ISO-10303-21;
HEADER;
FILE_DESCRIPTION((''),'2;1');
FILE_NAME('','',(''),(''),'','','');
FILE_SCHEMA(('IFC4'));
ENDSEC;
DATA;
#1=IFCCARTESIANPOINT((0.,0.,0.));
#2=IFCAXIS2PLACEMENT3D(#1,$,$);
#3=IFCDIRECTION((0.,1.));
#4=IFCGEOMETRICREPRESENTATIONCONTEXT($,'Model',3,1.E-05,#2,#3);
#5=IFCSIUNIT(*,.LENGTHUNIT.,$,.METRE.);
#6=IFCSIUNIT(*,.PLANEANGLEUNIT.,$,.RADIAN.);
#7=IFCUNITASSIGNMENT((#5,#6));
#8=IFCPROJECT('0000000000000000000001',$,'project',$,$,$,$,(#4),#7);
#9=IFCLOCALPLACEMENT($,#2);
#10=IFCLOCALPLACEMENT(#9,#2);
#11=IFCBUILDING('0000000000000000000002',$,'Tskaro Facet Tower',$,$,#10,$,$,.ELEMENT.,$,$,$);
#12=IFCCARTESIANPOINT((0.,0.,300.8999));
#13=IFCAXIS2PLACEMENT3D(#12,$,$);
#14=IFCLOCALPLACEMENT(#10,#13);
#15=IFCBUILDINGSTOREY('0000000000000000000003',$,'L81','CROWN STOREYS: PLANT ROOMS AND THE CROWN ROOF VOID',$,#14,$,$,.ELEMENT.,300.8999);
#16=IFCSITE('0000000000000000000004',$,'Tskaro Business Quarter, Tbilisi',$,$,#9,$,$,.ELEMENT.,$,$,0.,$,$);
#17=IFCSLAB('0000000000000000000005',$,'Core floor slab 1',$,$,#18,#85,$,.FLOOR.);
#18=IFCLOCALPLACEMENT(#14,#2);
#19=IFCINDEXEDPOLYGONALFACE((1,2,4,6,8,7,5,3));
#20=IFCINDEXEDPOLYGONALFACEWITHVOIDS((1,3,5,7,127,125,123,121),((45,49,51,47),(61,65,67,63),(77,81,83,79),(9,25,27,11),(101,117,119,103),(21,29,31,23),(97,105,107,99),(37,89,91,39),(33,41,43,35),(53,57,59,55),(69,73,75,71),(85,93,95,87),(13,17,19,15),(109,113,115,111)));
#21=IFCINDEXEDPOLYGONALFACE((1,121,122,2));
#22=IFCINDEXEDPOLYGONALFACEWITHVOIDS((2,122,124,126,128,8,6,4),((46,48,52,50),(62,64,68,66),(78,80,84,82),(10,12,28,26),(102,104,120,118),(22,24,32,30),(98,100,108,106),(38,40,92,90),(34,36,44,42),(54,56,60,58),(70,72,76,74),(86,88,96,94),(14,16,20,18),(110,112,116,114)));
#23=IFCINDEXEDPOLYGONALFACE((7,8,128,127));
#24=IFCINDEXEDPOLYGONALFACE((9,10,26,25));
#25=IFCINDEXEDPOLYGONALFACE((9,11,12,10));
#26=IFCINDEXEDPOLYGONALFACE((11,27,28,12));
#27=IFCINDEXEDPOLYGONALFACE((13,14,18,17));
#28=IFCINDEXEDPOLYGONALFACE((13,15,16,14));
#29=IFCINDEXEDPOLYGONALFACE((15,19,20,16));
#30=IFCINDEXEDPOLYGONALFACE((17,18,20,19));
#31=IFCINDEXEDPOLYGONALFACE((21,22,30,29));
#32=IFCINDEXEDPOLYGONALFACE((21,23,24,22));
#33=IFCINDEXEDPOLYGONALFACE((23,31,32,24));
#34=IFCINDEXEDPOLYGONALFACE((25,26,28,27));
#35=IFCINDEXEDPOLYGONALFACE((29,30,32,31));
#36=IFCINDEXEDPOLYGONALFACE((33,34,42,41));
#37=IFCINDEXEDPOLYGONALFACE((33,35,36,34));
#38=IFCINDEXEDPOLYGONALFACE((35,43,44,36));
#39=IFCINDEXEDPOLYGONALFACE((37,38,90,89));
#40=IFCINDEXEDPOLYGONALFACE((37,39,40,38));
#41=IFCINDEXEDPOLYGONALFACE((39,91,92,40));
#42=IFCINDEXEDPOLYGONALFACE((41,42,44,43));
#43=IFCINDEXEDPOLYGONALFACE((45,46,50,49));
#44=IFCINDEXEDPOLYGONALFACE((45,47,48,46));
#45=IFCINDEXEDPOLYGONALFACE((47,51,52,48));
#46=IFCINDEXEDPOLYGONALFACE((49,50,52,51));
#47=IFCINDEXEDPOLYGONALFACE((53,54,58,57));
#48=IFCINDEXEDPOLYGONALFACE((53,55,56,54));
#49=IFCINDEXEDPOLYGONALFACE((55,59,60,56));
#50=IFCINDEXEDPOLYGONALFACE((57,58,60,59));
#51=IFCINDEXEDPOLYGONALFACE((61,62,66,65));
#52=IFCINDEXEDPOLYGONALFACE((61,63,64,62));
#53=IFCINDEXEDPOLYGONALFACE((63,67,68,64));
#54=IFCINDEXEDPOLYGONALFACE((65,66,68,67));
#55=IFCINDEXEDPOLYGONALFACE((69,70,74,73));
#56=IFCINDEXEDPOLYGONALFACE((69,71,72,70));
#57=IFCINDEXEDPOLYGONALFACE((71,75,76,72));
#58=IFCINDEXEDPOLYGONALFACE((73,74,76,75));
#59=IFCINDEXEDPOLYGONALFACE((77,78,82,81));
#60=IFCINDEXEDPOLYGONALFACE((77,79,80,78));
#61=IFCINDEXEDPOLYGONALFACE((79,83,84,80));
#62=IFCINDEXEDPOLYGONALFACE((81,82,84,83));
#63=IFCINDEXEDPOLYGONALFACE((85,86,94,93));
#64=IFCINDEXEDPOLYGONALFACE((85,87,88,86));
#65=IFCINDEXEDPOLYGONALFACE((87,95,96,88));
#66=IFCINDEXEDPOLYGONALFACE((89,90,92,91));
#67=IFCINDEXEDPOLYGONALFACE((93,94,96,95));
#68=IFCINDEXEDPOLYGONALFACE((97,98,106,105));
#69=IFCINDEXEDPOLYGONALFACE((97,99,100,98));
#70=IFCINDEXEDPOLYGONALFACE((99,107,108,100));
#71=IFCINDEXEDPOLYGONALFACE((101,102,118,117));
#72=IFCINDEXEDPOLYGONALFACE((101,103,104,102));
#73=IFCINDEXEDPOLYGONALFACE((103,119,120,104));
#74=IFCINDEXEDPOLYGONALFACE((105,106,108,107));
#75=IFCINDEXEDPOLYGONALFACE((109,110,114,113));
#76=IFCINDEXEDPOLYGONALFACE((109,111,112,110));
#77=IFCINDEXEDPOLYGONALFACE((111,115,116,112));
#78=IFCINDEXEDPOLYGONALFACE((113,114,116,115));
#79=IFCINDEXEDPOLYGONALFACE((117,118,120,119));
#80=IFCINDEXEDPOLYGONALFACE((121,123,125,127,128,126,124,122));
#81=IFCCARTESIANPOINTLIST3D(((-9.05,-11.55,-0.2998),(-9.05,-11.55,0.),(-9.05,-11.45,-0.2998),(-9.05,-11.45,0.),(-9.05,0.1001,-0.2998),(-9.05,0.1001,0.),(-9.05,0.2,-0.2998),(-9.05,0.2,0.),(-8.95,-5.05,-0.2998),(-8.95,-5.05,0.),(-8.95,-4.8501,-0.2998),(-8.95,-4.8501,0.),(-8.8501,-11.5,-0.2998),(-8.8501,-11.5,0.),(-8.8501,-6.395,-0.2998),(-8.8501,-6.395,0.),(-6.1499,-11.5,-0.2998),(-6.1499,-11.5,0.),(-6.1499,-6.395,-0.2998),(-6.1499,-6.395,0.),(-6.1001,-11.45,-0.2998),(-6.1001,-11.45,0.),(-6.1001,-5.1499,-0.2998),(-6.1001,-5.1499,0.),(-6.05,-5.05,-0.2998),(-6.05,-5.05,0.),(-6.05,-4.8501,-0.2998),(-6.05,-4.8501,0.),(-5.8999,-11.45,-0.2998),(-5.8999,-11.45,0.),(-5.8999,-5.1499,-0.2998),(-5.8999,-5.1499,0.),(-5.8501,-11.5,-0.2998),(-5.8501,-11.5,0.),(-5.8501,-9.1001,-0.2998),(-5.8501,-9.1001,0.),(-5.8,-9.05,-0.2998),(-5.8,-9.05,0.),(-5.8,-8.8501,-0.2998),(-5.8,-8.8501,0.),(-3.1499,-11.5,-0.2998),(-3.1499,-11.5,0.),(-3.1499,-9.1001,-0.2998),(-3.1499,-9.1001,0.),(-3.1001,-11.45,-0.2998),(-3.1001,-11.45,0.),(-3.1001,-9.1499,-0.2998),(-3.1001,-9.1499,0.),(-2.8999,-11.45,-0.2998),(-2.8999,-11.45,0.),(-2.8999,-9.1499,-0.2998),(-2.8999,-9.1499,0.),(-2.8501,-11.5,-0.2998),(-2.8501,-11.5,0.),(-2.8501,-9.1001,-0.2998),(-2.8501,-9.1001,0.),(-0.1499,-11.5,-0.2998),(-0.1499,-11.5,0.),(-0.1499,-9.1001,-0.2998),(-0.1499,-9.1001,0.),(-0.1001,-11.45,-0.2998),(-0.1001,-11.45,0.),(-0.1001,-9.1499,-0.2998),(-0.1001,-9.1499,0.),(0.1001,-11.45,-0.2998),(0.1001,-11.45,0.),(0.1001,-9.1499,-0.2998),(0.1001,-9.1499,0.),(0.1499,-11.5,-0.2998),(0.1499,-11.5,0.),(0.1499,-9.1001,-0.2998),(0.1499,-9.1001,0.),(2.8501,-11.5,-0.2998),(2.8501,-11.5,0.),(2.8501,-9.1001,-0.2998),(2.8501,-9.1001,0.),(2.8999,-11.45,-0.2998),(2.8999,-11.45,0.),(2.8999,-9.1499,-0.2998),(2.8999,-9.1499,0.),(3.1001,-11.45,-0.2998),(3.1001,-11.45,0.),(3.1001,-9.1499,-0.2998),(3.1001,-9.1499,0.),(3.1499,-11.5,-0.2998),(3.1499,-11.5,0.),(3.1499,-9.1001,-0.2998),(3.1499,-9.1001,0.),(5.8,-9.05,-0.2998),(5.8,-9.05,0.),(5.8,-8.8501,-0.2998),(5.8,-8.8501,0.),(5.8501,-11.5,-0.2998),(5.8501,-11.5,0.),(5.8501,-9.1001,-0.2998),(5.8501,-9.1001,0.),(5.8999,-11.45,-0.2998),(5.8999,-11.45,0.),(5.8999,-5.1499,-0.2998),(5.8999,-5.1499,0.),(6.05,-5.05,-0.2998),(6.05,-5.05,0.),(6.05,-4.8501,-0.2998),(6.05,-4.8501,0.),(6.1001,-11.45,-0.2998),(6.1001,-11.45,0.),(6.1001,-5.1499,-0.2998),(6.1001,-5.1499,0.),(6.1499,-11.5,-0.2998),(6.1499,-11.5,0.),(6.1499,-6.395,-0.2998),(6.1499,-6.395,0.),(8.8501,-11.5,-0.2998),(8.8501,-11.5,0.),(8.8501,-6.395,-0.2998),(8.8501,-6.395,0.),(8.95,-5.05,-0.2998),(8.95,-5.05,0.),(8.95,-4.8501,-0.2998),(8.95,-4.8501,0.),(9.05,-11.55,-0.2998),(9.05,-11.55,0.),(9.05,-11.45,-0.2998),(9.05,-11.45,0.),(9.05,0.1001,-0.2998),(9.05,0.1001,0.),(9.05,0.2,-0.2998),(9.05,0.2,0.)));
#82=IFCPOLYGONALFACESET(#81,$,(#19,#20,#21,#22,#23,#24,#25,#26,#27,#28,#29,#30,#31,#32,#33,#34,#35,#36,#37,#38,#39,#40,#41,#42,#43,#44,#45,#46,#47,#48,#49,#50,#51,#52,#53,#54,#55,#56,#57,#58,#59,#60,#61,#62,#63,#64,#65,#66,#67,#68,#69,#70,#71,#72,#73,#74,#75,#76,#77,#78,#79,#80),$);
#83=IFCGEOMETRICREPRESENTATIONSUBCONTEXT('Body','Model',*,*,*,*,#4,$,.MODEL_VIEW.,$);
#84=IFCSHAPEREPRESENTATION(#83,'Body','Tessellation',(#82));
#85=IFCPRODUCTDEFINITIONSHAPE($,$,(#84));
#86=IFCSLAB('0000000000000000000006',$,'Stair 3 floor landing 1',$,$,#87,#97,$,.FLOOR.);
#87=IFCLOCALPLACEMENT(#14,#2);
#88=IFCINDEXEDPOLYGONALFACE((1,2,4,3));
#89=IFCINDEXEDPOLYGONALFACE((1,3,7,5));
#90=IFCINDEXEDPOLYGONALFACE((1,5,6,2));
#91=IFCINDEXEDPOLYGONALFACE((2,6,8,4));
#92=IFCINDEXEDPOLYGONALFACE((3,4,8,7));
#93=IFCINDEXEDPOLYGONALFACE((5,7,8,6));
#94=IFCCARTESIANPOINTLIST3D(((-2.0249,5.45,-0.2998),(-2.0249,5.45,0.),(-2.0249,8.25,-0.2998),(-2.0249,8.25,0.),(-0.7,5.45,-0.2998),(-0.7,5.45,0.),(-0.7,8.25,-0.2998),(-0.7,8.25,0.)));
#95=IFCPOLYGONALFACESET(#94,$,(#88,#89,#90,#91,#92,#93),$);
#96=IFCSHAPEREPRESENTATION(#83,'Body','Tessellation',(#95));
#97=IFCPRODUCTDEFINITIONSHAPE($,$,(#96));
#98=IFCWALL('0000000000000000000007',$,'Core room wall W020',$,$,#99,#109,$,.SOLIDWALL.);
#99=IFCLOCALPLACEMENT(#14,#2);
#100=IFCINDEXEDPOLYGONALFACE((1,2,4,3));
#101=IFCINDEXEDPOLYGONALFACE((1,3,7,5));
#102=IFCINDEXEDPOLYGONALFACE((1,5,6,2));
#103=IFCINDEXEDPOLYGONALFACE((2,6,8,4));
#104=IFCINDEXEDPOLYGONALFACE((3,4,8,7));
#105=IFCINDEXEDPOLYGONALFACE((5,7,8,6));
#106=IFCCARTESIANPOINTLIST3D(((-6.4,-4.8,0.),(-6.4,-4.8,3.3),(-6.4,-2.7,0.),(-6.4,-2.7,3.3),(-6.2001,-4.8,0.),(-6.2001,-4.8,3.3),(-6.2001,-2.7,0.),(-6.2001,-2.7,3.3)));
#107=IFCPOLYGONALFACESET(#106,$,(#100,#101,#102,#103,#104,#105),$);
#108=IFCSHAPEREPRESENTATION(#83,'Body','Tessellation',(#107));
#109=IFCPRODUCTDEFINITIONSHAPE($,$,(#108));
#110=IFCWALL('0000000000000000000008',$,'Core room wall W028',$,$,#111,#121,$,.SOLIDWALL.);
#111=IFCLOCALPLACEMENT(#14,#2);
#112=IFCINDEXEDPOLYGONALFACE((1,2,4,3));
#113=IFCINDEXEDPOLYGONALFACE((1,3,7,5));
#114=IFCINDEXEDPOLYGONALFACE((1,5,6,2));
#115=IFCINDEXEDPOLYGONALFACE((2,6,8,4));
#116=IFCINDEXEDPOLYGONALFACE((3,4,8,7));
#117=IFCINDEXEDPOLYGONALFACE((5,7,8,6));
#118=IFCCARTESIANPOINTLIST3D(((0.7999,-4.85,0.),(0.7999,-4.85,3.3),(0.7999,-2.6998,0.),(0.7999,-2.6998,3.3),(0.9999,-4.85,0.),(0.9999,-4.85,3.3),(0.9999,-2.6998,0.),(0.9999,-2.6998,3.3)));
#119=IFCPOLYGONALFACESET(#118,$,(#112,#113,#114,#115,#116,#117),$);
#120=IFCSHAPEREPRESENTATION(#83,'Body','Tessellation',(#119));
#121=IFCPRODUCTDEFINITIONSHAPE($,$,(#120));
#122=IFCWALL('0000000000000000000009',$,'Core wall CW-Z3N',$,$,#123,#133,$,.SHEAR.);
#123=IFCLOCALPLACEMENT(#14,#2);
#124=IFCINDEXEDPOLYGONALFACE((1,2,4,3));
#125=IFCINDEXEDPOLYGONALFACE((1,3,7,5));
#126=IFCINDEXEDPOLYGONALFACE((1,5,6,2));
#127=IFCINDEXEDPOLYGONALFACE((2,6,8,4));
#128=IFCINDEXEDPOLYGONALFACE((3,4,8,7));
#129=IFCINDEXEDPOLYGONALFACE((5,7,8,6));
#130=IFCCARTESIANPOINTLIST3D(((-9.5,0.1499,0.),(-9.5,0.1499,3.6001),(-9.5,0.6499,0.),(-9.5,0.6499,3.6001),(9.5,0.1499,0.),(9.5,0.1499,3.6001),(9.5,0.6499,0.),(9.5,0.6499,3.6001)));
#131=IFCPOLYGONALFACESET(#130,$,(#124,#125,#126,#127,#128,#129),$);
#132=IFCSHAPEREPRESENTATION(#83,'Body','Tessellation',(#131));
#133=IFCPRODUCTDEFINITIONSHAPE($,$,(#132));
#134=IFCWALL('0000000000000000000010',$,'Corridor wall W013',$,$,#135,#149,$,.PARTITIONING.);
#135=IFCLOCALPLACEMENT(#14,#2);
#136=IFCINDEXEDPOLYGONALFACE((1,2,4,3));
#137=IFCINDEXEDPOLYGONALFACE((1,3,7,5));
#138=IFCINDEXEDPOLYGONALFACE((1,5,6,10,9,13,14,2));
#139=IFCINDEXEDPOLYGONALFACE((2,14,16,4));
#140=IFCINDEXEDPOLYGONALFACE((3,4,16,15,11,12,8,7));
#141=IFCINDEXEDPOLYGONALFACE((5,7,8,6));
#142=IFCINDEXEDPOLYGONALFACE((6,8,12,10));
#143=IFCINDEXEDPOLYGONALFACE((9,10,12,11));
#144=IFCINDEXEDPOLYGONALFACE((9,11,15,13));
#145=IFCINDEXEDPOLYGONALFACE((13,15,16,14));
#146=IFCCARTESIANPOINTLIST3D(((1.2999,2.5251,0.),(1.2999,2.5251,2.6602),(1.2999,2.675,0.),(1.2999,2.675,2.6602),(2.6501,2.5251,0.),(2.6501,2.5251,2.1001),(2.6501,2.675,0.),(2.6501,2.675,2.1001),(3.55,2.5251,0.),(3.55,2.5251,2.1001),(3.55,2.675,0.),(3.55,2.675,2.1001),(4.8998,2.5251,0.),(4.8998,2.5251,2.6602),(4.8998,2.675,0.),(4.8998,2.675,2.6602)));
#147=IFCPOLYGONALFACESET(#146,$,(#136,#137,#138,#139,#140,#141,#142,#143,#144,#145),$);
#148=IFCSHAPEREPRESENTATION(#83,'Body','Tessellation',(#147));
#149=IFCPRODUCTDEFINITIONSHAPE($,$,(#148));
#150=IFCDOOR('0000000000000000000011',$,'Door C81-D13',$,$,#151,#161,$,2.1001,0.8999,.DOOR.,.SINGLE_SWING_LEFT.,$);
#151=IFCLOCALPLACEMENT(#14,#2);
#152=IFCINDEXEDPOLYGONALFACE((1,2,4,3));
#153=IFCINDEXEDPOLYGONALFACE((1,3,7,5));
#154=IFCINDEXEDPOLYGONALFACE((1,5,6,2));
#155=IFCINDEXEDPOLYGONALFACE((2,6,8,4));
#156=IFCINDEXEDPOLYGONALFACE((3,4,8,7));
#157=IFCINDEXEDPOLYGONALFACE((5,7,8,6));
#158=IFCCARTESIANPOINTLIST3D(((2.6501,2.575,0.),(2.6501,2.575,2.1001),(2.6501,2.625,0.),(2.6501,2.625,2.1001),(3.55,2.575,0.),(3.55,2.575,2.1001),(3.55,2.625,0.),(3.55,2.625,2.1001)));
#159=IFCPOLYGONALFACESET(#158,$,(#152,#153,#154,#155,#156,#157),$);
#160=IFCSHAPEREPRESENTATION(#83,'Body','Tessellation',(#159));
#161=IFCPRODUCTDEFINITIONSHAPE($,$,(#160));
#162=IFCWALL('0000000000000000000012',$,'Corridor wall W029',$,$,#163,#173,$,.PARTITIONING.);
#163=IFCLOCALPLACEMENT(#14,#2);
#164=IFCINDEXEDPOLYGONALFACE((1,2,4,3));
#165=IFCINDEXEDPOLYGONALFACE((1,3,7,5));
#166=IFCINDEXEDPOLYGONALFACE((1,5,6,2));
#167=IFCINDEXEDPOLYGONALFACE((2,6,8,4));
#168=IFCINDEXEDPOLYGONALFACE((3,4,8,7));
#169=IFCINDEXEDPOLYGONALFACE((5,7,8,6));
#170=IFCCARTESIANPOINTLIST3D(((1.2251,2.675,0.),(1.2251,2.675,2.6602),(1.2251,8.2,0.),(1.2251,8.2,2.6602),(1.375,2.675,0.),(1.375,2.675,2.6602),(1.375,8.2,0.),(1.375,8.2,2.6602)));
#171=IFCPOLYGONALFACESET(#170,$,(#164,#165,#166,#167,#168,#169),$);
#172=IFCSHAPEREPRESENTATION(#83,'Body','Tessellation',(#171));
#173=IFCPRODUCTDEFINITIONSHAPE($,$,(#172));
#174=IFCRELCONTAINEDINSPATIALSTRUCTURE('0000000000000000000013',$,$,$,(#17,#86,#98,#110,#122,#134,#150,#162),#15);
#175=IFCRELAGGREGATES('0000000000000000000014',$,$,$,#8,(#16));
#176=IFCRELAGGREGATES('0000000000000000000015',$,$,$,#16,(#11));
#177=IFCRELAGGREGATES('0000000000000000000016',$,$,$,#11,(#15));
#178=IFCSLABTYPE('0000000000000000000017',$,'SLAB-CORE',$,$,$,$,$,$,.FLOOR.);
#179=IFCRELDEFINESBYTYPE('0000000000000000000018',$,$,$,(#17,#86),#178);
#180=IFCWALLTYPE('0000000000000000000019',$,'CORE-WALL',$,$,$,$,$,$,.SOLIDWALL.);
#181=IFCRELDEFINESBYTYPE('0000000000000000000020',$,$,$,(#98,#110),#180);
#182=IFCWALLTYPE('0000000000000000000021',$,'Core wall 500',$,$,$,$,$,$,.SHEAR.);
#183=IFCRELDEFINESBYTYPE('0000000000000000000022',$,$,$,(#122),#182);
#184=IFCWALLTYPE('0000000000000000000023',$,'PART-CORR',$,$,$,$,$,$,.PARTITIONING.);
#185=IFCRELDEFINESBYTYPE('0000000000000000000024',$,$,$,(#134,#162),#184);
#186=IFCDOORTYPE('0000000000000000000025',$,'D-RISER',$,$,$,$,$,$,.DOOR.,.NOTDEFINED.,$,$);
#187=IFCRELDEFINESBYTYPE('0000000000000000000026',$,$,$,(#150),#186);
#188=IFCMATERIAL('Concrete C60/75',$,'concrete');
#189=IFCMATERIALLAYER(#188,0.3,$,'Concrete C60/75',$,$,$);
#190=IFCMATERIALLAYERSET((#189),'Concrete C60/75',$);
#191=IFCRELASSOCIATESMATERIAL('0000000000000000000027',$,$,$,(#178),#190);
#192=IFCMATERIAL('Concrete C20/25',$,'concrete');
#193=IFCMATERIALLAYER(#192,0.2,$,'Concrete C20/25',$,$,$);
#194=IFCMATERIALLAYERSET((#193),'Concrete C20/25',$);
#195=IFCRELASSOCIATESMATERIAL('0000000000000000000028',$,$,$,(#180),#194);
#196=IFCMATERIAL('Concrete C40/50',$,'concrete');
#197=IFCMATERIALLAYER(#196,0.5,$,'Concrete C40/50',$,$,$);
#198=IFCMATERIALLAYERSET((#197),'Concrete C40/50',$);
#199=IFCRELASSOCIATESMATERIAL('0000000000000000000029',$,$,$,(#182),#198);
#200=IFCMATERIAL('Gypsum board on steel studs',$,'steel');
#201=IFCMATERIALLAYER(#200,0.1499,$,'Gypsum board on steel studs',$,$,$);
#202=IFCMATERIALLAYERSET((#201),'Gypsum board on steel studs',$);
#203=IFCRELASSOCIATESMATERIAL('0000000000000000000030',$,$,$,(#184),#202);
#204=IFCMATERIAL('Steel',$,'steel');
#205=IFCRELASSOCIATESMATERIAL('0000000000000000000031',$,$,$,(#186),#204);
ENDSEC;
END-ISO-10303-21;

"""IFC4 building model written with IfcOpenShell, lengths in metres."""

from ifc_helpers import new_model, si_unit, direction, frame, frame_2d, origin, place, context, subcontext, project, spatial, polyline, rectangle, outline, extrude, material, layer, layer_set, type_object, element, fill, save


model = new_model("IFC4")

# Units and contexts
model_context = context("Model", 3, precision=1e-05, world=origin(), true_north=direction((0.0, 1.0)))
body_context = subcontext(model_context, "Body", "Model", "MODEL_VIEW")
ifc_project = project(units=[si_unit("LENGTHUNIT", "METRE"), si_unit("PLANEANGLEUNIT", "RADIAN")], contexts=[model_context])

# Site, building, storey
site_placement = place(None, origin())
site = spatial("IfcSite", under=ifc_project, at=site_placement, Name="Tskaro Business Quarter, Tbilisi", CompositionType="ELEMENT", RefElevation=0.0)
building_placement = place(site_placement, origin())
building = spatial("IfcBuilding", under=site, at=building_placement, Name="Tskaro Facet Tower", CompositionType="ELEMENT")
storey_placement = place(building_placement, frame((0.0, 0.0, 300.8999)))
storey = spatial("IfcBuildingStorey", under=building, at=storey_placement, Name="L81", Description="CROWN STOREYS: PLANT ROOMS AND THE CROWN ROOF VOID", CompositionType="ELEMENT", Elevation=300.8999)

# Shared definitions
ifc_material_1 = material(Name="Concrete C40/50", Category="concrete")

# Slabs
ifc_material_2 = material(Name="Concrete C60/75", Category="concrete")
ifc_layer_1 = layer(ifc_material_2, 0.3, Name="Concrete C60/75")
ifc_layer_set_1 = layer_set([ifc_layer_1], Name="Concrete C60/75")
slab_type_1 = type_object("IfcSlabType", Name="SLAB-CORE", PredefinedType="FLOOR", material=ifc_layer_set_1)
slab_1_placement = place(storey_placement, frame((0.0, 0.0, -0.2998)))
element("IfcSlab", 1, at=slab_1_placement, inside=storey, type_object=slab_type_1, Name="Core floor slab 1", PredefinedType="FLOOR", context=body_context, shape_type="SweptSolid", body=[
    extrude(outline(polyline([(-9.05, 0.2), (9.05, 0.2), (9.05, 0.1001), (9.05, -11.45), (9.05, -11.55), (-9.05, -11.55), (-9.05, -11.45), (-9.05, 0.1001), (-9.05, 0.2)]), holes=[polyline([(-5.8501, -11.5), (-3.1499, -11.5), (-3.1499, -9.1001), (-5.8501, -9.1001), (-5.8501, -11.5)]), polyline([(-3.1001, -11.45), (-2.8999, -11.45), (-2.8999, -9.1499), (-3.1001, -9.1499), (-3.1001, -11.45)]), polyline([(-2.8501, -9.1001), (-2.8501, -11.5), (-0.1499, -11.5), (-0.1499, -9.1001), (-2.8501, -9.1001)]), polyline([(0.1001, -11.45), (0.1001, -9.1499), (-0.1001, -9.1499), (-0.1001, -11.45), (0.1001, -11.45)]), polyline([(-6.1001, -11.45), (-5.8999, -11.45), (-5.8999, -5.1499), (-6.1001, -5.1499), (-6.1001, -11.45)]), polyline([(-6.05, -5.05), (-6.05, -4.8501), (-8.95, -4.8501), (-8.95, -5.05), (-6.05, -5.05)]), polyline([(0.1499, -9.1001), (0.1499, -11.5), (2.8501, -11.5), (2.8501, -9.1001), (0.1499, -9.1001)]), polyline([(2.8999, -11.45), (3.1001, -11.45), (3.1001, -9.1499), (2.8999, -9.1499), (2.8999, -11.45)]), polyline([(3.1499, -11.5), (5.8501, -11.5), (5.8501, -9.1001), (3.1499, -9.1001), (3.1499, -11.5)]), polyline([(-5.8, -9.05), (5.8, -9.05), (5.8, -8.8501), (-5.8, -8.8501), (-5.8, -9.05)]), polyline([(6.1001, -11.45), (6.1001, -5.1499), (5.8999, -5.1499), (5.8999, -11.45), (6.1001, -11.45)]), polyline([(6.05, -5.05), (8.95, -5.05), (8.95, -4.8501), (6.05, -4.8501), (6.05, -5.05)]), polyline([(-8.8501, -11.5), (-6.1499, -11.5), (-6.1499, -6.395), (-8.8501, -6.395), (-8.8501, -11.5)]), polyline([(6.1499, -6.395), (6.1499, -11.5), (8.8501, -11.5), (8.8501, -6.395), (6.1499, -6.395)])]), origin(), (0.0, 0.0, 1.0), 0.2998),
])
slab_2_placement = place(storey_placement, frame((0.0, 0.0, -0.2998)))
element("IfcSlab", 2, at=slab_2_placement, inside=storey, type_object=slab_type_1, Name="Stair 3 floor landing 1", PredefinedType="FLOOR", context=body_context, shape_type="SweptSolid", body=[
    extrude(outline(polyline([(-2.0249, 5.45), (-0.7, 5.45), (-0.7, 8.25), (-2.0249, 8.25), (-2.0249, 5.45)])), origin(), (0.0, 0.0, 1.0), 0.2998),
])

# Walls
ifc_material_3 = material(Name="Concrete C20/25", Category="concrete")
ifc_layer_2 = layer(ifc_material_3, 0.2, Name="Concrete C20/25")
ifc_layer_set_2 = layer_set([ifc_layer_2], Name="Concrete C20/25")
wall_type_1 = type_object("IfcWallType", Name="CORE-WALL", PredefinedType="SOLIDWALL", material=ifc_layer_set_2)
wall_1_placement = place(storey_placement, frame((-6.3, -4.8, 0.0), z_axis=(0.0, 0.0, 1.0), x_axis=(0.0, 1.0, 0.0)))
element("IfcWall", 3, at=wall_1_placement, inside=storey, type_object=wall_type_1, Name="Core room wall W020", PredefinedType="SOLIDWALL", context=body_context, shape_type="SweptSolid", body=[
    extrude(rectangle(XDim=2.1001, YDim=0.2, at=frame_2d((1.05, 0.0))), origin(), (0.0, 0.0, 1.0), 3.3),
])
wall_2_placement = place(storey_placement, frame((0.8999, -4.8501, 0.0), z_axis=(0.0, 0.0, 1.0), x_axis=(0.0, 1.0, 0.0)))
element("IfcWall", 4, at=wall_2_placement, inside=storey, type_object=wall_type_1, Name="Core room wall W028", PredefinedType="SOLIDWALL", context=body_context, shape_type="SweptSolid", body=[
    extrude(rectangle(XDim=2.1501, YDim=0.2, at=frame_2d((1.0752, 0.0))), origin(), (0.0, 0.0, 1.0), 3.3),
])
ifc_layer_3 = layer(ifc_material_1, 0.5, Name="Concrete C40/50")
ifc_layer_set_3 = layer_set([ifc_layer_3], Name="Concrete C40/50")
wall_type_2 = type_object("IfcWallType", Name="Core wall 500", PredefinedType="SHEAR", material=ifc_layer_set_3)
wall_3_placement = place(storey_placement, frame((-9.5, 0.3999, 0.0), z_axis=(0.0, 0.0, 1.0), x_axis=(1.0, 0.0, 0.0)))
element("IfcWall", 5, at=wall_3_placement, inside=storey, type_object=wall_type_2, Name="Core wall CW-Z3N", PredefinedType="SHEAR", context=body_context, shape_type="SweptSolid", body=[
    extrude(outline(polyline([(0.0, 0.0), (19.0, 0.0), (19.0, 3.6001), (0.0, 3.6001), (0.0, 0.0)])), frame((0.0, 0.25, 0.0), z_axis=(0.0, -1.0, 0.0), x_axis=(1.0, 0.0, 0.0)), (0.0, 0.0, 1.0), 0.5),
])

# Wall, opening, door
ifc_material_4 = material(Name="Gypsum board on steel studs", Category="steel")
ifc_layer_4 = layer(ifc_material_4, 0.1499, Name="Gypsum board on steel studs")
ifc_layer_set_4 = layer_set([ifc_layer_4], Name="Gypsum board on steel studs")
wall_type_3 = type_object("IfcWallType", Name="PART-CORR", PredefinedType="PARTITIONING", material=ifc_layer_set_4)
wall_4_placement = place(storey_placement, frame((1.3, 2.6001, 0.0), z_axis=(0.0, 0.0, 1.0), x_axis=(1.0, 0.0, 0.0)))
wall_4 = element("IfcWall", 6, at=wall_4_placement, inside=storey, type_object=wall_type_3, Name="Corridor wall W013", PredefinedType="PARTITIONING", context=body_context, shape_type="SweptSolid", body=[
    extrude(rectangle(XDim=3.5999, YDim=0.1499, at=frame_2d((1.7998, 0.0))), origin(), (0.0, 0.0, 1.0), 2.6602),
])
opening_1_placement = place(wall_4_placement, frame((1.3501, 0.0, 0.0)))
opening_1 = element("IfcOpeningElement", 7, at=opening_1_placement, cuts=wall_4, PredefinedType="OPENING", context=body_context, shape_type="SweptSolid", body=[
    extrude(rectangle(XDim=0.8999, YDim=2.1001, at=frame_2d((0.45, 1.05))), frame((0.0, 0.085, 0.0), z_axis=(0.0, -1.0, 0.0), x_axis=(1.0, 0.0, 0.0)), (0.0, 0.0, 1.0), 0.1699),
])
ifc_material_5 = material(Name="Steel", Category="steel")
door_type = type_object("IfcDoorType", Name="D-RISER", OperationType="NOTDEFINED", PredefinedType="DOOR", material=ifc_material_5)
door_1_placement = place(opening_1_placement, origin())
door_1 = element("IfcDoor", 8, at=door_1_placement, inside=storey, type_object=door_type, Name="Door C81-D13", OperationType="SINGLE_SWING_LEFT", OverallHeight=2.1001, OverallWidth=0.8999, PredefinedType="DOOR", context=body_context, shape_type="SweptSolid", body=[
    extrude(rectangle(XDim=0.8999, YDim=2.1001, at=frame_2d((0.45, 1.05))), frame((0.0, 0.0249, 0.0), z_axis=(0.0, -1.0, 0.0), x_axis=(1.0, 0.0, 0.0)), (0.0, 0.0, 1.0), 0.05),
])
fill(opening_1, door_1)

# Wall
wall_5_placement = place(storey_placement, frame((1.3, 2.675, 0.0), z_axis=(0.0, 0.0, 1.0), x_axis=(0.0, 1.0, 0.0)))
element("IfcWall", 9, at=wall_5_placement, inside=storey, type_object=wall_type_3, Name="Corridor wall W029", PredefinedType="PARTITIONING", context=body_context, shape_type="SweptSolid", body=[
    extrude(rectangle(XDim=5.5249, YDim=0.1499, at=frame_2d((2.7625, 0.0))), origin(), (0.0, 0.0, 1.0), 2.6602),
])

save(model, "model.ifc")
